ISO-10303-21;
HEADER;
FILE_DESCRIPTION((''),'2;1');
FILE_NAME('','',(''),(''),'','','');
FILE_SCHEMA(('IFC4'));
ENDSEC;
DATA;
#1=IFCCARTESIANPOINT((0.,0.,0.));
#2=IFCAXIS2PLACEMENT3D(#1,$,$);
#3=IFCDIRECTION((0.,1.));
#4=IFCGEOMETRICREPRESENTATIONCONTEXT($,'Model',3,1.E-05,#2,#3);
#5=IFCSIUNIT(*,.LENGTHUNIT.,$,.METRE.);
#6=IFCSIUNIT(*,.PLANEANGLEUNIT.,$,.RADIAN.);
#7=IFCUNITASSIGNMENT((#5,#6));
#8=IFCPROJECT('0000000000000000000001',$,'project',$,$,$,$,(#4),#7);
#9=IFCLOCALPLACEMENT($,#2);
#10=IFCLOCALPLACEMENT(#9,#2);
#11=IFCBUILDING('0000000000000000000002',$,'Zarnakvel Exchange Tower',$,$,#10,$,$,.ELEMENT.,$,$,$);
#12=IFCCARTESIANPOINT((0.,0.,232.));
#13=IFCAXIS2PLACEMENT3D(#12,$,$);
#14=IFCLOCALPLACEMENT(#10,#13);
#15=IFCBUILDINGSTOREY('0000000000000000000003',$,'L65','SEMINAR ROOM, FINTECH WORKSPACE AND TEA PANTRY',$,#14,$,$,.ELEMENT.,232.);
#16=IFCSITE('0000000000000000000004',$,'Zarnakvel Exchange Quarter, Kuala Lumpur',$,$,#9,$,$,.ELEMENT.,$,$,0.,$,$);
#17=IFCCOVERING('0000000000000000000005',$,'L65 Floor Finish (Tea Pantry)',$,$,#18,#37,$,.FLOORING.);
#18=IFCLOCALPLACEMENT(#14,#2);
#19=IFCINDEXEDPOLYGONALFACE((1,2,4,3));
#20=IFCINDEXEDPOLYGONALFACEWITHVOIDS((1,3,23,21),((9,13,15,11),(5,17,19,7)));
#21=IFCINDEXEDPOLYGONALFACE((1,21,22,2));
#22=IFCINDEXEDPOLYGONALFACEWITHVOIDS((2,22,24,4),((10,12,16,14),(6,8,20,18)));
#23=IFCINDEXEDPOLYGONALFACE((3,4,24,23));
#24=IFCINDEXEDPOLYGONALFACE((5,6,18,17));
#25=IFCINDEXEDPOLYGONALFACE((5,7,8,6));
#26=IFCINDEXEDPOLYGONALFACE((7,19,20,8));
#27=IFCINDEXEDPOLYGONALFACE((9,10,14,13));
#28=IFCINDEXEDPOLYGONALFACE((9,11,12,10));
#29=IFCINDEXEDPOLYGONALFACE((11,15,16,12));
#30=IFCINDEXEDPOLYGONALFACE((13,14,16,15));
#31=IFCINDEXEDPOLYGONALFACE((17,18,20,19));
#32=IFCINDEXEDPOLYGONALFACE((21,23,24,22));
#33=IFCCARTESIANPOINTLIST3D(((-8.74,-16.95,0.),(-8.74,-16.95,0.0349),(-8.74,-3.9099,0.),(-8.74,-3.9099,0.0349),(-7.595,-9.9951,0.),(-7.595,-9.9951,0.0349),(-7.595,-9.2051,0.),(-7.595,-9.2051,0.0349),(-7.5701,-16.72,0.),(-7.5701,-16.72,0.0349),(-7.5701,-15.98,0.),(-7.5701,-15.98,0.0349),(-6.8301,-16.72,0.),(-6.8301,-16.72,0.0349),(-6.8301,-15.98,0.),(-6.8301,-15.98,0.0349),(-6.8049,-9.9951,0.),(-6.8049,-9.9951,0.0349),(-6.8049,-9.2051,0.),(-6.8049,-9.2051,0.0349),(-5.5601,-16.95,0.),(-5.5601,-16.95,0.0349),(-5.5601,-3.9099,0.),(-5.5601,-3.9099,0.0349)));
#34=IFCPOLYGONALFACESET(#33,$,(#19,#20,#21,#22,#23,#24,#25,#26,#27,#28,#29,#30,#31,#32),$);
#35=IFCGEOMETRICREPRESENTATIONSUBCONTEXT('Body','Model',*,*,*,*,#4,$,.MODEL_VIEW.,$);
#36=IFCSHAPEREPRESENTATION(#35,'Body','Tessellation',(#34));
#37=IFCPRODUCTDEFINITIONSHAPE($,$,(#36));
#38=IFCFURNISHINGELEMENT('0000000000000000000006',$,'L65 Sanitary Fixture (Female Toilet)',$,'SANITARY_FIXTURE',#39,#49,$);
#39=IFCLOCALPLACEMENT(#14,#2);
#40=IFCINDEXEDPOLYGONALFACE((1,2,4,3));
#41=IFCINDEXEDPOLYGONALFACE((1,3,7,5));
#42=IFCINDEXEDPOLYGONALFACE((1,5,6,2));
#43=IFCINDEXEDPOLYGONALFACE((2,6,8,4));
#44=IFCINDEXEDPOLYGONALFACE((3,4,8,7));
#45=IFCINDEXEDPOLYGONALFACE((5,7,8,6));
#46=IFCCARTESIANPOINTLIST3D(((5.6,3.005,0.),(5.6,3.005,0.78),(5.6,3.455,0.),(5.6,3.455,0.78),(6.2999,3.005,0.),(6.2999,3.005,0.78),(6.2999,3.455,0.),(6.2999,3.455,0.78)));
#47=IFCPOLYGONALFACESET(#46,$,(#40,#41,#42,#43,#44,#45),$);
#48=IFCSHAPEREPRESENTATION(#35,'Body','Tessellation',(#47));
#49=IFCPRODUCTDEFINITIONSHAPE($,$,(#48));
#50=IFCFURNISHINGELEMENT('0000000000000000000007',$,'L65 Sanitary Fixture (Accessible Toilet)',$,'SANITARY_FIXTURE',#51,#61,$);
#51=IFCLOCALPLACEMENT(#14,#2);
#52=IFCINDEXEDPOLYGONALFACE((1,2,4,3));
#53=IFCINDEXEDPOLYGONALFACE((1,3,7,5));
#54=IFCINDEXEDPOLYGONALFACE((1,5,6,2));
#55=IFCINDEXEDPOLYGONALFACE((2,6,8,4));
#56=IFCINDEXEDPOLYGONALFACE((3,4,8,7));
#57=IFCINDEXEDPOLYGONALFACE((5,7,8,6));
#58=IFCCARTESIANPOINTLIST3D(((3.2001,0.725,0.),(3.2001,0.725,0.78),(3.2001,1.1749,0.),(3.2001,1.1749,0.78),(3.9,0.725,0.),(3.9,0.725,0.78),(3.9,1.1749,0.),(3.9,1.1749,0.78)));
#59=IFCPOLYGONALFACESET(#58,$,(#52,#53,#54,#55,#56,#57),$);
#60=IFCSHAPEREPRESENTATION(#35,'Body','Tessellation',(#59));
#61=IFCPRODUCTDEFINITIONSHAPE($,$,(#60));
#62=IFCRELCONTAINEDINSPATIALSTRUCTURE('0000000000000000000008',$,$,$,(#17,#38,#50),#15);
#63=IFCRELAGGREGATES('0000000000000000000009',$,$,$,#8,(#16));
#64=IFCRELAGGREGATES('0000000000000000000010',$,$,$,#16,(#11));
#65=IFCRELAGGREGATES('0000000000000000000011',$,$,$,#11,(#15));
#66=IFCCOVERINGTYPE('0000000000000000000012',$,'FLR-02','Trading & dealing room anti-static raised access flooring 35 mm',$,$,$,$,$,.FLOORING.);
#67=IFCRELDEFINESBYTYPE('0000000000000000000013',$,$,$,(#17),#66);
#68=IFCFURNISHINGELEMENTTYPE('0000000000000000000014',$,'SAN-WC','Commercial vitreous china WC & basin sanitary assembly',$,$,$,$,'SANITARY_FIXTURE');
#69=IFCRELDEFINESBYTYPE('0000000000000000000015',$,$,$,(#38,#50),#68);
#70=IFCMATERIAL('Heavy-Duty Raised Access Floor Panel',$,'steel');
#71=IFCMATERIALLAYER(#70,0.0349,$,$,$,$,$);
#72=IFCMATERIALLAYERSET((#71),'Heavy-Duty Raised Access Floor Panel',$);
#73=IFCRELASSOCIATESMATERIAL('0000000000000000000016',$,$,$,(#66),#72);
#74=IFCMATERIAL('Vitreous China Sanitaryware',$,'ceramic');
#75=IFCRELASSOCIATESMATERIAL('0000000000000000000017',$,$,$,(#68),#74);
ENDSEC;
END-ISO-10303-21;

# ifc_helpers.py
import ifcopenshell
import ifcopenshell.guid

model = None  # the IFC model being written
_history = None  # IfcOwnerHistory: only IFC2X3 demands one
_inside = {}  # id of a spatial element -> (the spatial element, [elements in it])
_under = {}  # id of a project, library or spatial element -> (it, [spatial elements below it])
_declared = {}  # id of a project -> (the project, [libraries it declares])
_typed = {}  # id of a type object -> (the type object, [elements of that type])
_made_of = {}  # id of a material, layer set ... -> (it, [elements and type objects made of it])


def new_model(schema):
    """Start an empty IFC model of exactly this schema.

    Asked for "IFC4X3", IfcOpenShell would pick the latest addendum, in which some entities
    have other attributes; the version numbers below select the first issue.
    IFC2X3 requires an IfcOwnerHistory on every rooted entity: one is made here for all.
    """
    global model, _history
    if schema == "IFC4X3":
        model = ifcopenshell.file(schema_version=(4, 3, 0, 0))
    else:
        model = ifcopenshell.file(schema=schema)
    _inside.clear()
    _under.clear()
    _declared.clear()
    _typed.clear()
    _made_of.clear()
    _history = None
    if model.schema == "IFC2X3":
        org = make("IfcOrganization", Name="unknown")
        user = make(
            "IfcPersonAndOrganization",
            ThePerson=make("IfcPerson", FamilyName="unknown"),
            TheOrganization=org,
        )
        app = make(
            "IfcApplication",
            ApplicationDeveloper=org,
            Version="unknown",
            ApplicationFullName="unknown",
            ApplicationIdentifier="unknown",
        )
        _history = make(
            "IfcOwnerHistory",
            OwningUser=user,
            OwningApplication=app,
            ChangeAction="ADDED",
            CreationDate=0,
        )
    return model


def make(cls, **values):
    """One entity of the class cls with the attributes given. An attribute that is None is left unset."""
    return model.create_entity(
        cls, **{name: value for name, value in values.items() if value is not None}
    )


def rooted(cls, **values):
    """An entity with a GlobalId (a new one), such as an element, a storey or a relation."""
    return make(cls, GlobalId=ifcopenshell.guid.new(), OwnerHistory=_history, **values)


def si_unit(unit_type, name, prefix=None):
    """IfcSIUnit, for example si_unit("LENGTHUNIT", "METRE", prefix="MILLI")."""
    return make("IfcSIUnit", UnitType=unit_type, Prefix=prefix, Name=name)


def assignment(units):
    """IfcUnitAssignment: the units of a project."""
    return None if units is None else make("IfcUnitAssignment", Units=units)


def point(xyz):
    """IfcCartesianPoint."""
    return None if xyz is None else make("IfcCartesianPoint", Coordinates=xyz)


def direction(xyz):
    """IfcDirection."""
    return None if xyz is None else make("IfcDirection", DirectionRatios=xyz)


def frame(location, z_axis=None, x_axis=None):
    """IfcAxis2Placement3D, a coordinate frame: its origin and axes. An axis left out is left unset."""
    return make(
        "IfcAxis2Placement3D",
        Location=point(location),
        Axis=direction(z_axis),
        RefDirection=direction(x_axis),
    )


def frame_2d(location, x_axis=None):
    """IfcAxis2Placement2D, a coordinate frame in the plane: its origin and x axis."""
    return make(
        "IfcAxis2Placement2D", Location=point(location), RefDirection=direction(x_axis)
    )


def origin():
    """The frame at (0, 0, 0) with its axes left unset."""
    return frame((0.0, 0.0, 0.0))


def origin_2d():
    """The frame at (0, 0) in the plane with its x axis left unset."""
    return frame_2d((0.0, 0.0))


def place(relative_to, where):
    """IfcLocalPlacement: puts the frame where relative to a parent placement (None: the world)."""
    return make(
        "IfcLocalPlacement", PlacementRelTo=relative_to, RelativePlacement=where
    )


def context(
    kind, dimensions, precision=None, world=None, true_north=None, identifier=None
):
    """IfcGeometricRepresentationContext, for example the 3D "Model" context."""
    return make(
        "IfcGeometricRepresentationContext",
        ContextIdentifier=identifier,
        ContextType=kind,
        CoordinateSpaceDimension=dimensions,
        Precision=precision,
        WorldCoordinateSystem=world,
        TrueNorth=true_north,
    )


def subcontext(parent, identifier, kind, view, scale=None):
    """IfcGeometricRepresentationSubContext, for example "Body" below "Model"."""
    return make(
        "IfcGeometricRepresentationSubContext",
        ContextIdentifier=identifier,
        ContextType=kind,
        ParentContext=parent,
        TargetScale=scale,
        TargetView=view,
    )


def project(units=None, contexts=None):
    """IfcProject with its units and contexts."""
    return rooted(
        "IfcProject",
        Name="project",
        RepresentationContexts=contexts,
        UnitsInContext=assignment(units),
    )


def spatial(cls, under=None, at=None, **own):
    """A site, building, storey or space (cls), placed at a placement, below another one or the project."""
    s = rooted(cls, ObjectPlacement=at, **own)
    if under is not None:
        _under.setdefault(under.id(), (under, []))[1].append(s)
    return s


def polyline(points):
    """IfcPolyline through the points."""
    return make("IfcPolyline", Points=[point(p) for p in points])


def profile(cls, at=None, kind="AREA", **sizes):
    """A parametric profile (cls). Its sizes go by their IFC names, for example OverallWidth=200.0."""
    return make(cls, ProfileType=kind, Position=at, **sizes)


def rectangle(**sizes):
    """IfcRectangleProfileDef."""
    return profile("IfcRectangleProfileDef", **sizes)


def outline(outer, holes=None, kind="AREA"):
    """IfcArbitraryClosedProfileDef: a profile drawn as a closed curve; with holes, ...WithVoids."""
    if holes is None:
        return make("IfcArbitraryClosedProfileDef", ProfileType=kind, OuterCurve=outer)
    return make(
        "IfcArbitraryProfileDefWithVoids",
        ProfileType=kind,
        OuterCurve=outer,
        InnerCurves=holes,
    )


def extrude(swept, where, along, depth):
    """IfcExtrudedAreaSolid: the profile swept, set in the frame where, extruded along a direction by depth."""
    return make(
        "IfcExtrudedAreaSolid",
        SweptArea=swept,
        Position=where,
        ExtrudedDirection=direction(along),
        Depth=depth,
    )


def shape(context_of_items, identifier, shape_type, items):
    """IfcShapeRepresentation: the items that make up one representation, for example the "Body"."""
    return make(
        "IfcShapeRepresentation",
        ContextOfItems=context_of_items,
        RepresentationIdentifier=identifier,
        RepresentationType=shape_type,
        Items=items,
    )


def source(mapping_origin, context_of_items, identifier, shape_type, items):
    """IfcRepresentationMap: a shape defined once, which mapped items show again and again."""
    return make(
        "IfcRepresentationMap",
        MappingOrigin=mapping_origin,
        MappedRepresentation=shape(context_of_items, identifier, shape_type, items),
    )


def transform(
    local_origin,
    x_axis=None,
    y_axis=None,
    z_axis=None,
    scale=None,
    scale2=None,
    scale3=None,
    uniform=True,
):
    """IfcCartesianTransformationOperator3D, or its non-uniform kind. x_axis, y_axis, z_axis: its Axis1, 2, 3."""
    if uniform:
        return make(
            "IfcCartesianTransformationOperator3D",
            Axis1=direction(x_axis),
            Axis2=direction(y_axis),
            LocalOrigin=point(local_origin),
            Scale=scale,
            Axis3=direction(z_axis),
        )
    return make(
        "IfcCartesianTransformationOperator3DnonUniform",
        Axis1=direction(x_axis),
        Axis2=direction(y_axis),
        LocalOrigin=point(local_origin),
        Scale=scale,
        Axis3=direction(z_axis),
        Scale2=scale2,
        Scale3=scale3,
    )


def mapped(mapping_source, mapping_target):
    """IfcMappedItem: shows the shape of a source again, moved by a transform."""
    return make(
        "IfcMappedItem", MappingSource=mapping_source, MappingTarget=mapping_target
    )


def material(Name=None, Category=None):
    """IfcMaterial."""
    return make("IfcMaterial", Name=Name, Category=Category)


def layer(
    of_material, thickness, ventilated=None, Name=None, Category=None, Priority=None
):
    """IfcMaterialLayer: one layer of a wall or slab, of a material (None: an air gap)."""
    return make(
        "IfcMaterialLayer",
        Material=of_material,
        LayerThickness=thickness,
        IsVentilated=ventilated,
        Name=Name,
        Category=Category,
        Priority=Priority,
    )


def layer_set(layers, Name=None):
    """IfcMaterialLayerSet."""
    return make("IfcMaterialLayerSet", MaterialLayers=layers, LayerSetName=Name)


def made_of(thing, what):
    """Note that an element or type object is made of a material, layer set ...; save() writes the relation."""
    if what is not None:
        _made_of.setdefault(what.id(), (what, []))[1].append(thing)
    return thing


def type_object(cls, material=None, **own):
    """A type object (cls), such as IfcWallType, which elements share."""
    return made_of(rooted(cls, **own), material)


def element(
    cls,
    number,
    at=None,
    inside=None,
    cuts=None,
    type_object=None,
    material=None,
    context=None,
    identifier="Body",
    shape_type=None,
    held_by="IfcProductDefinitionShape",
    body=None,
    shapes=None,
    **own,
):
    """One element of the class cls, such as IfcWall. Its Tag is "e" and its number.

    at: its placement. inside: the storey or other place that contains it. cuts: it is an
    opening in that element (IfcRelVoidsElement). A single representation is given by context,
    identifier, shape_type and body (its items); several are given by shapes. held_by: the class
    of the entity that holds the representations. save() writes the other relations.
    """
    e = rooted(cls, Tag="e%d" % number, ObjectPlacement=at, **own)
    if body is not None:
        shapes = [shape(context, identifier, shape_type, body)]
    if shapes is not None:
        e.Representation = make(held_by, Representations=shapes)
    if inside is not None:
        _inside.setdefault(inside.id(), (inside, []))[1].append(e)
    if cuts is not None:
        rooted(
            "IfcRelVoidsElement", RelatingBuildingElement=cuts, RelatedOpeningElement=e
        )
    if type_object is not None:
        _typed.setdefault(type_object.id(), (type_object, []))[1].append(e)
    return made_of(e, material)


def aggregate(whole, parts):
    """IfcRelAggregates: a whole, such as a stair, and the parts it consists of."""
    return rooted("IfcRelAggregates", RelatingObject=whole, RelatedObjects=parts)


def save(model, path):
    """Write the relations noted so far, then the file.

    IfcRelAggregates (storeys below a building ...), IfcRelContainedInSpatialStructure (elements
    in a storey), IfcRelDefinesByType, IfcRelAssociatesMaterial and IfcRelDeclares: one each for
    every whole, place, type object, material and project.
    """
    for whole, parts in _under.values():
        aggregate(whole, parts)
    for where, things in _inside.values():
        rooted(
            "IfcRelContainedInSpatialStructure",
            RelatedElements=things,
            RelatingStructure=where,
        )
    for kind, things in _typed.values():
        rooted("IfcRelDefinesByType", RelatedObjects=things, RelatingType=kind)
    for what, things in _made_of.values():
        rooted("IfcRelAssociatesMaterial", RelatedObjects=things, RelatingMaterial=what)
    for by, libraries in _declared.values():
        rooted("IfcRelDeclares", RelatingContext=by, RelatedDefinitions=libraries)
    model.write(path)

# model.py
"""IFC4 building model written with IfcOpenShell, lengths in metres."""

from ifc_helpers import new_model, si_unit, direction, frame, origin, origin_2d, place, context, subcontext, project, spatial, polyline, rectangle, outline, extrude, source, transform, mapped, material, layer, layer_set, type_object, element, save


model = new_model("IFC4")

# Units and contexts
model_context = context("Model", 3, precision=1e-05, world=origin(), true_north=direction((0.0, 1.0)))
body_context = subcontext(model_context, "Body", "Model", "MODEL_VIEW")
ifc_project = project(units=[si_unit("LENGTHUNIT", "METRE"), si_unit("PLANEANGLEUNIT", "RADIAN")], contexts=[model_context])

# Site, building, storey
site_placement = place(None, origin())
site = spatial("IfcSite", under=ifc_project, at=site_placement, Name="Zarnakvel Exchange Quarter, Kuala Lumpur", CompositionType="ELEMENT", RefElevation=0.0)
building_placement = place(site_placement, origin())
building = spatial("IfcBuilding", under=site, at=building_placement, Name="Zarnakvel Exchange Tower", CompositionType="ELEMENT")
storey_placement = place(building_placement, frame((0.0, 0.0, 232.0)))
storey = spatial("IfcBuildingStorey", under=building, at=storey_placement, Name="L65", Description="SEMINAR ROOM, FINTECH WORKSPACE AND TEA PANTRY", CompositionType="ELEMENT", Elevation=232.0)

# Covering
ifc_material_1 = material(Name="Heavy-Duty Raised Access Floor Panel", Category="steel")
ifc_layer_1 = layer(ifc_material_1, 0.0349)
ifc_layer_set_1 = layer_set([ifc_layer_1], Name="Heavy-Duty Raised Access Floor Panel")
covering_type_1 = type_object("IfcCoveringType", Name="FLR-02", Description="Trading & dealing room anti-static raised access flooring 35 mm", PredefinedType="FLOORING", material=ifc_layer_set_1)
covering_1_placement = place(storey_placement, origin())
element("IfcCovering", 1, at=covering_1_placement, inside=storey, type_object=covering_type_1, Name="L65 Floor Finish (Tea Pantry)", PredefinedType="FLOORING", context=body_context, shape_type="SweptSolid", body=[
    extrude(outline(polyline([(-8.74, -3.9099), (-5.5601, -3.9099), (-5.5601, -16.95), (-8.74, -16.95), (-8.74, -3.9099)]), holes=[polyline([(-6.8049, -9.9951), (-6.8049, -9.2051), (-7.595, -9.2051), (-7.595, -9.9951), (-6.8049, -9.9951)]), polyline([(-6.8301, -16.72), (-6.8301, -15.98), (-7.5701, -15.98), (-7.5701, -16.72), (-6.8301, -16.72)])]), origin(), (0.0, 0.0, 1.0), 0.0349),
])

# Furnishing elements
ifc_material_2 = material(Name="Vitreous China Sanitaryware", Category="ceramic")
furnishing_element_type = type_object("IfcFurnishingElementType", Name="SAN-WC", Description="Commercial vitreous china WC & basin sanitary assembly", ElementType="SANITARY_FIXTURE", material=ifc_material_2)
shared_shape_1 = source(origin(), body_context, "Body", "SweptSolid", [
    extrude(rectangle(XDim=0.7, YDim=0.45, at=origin_2d()), origin(), (0.0, 0.0, 1.0), 0.78),
])
for number, where, z_axis, x_axis, name in (
    (2, (5.95, 3.23, 0.0), (0.0, 0.0, 1.0), (1.0, 0.0, 0.0), "L65 Sanitary Fixture (Female Toilet)"),
    (3, (3.55, 0.95, 0.0), (0.0, 0.0, 1.0), (1.0, 0.0, 0.0), "L65 Sanitary Fixture (Accessible Toilet)"),
):
    element("IfcFurnishingElement", number, at=place(storey_placement, frame(where, z_axis=z_axis, x_axis=x_axis)), inside=storey, type_object=furnishing_element_type, Name=name, ObjectType="SANITARY_FIXTURE", context=body_context, shape_type="MappedRepresentation", body=[
        mapped(shared_shape_1, transform((0.0, 0.0, 0.0), x_axis=(1.0, 0.0, 0.0), y_axis=(0.0, 1.0, 0.0), z_axis=(0.0, 0.0, 1.0), scale=1.0)),
    ])

save(model, "model.ifc")
